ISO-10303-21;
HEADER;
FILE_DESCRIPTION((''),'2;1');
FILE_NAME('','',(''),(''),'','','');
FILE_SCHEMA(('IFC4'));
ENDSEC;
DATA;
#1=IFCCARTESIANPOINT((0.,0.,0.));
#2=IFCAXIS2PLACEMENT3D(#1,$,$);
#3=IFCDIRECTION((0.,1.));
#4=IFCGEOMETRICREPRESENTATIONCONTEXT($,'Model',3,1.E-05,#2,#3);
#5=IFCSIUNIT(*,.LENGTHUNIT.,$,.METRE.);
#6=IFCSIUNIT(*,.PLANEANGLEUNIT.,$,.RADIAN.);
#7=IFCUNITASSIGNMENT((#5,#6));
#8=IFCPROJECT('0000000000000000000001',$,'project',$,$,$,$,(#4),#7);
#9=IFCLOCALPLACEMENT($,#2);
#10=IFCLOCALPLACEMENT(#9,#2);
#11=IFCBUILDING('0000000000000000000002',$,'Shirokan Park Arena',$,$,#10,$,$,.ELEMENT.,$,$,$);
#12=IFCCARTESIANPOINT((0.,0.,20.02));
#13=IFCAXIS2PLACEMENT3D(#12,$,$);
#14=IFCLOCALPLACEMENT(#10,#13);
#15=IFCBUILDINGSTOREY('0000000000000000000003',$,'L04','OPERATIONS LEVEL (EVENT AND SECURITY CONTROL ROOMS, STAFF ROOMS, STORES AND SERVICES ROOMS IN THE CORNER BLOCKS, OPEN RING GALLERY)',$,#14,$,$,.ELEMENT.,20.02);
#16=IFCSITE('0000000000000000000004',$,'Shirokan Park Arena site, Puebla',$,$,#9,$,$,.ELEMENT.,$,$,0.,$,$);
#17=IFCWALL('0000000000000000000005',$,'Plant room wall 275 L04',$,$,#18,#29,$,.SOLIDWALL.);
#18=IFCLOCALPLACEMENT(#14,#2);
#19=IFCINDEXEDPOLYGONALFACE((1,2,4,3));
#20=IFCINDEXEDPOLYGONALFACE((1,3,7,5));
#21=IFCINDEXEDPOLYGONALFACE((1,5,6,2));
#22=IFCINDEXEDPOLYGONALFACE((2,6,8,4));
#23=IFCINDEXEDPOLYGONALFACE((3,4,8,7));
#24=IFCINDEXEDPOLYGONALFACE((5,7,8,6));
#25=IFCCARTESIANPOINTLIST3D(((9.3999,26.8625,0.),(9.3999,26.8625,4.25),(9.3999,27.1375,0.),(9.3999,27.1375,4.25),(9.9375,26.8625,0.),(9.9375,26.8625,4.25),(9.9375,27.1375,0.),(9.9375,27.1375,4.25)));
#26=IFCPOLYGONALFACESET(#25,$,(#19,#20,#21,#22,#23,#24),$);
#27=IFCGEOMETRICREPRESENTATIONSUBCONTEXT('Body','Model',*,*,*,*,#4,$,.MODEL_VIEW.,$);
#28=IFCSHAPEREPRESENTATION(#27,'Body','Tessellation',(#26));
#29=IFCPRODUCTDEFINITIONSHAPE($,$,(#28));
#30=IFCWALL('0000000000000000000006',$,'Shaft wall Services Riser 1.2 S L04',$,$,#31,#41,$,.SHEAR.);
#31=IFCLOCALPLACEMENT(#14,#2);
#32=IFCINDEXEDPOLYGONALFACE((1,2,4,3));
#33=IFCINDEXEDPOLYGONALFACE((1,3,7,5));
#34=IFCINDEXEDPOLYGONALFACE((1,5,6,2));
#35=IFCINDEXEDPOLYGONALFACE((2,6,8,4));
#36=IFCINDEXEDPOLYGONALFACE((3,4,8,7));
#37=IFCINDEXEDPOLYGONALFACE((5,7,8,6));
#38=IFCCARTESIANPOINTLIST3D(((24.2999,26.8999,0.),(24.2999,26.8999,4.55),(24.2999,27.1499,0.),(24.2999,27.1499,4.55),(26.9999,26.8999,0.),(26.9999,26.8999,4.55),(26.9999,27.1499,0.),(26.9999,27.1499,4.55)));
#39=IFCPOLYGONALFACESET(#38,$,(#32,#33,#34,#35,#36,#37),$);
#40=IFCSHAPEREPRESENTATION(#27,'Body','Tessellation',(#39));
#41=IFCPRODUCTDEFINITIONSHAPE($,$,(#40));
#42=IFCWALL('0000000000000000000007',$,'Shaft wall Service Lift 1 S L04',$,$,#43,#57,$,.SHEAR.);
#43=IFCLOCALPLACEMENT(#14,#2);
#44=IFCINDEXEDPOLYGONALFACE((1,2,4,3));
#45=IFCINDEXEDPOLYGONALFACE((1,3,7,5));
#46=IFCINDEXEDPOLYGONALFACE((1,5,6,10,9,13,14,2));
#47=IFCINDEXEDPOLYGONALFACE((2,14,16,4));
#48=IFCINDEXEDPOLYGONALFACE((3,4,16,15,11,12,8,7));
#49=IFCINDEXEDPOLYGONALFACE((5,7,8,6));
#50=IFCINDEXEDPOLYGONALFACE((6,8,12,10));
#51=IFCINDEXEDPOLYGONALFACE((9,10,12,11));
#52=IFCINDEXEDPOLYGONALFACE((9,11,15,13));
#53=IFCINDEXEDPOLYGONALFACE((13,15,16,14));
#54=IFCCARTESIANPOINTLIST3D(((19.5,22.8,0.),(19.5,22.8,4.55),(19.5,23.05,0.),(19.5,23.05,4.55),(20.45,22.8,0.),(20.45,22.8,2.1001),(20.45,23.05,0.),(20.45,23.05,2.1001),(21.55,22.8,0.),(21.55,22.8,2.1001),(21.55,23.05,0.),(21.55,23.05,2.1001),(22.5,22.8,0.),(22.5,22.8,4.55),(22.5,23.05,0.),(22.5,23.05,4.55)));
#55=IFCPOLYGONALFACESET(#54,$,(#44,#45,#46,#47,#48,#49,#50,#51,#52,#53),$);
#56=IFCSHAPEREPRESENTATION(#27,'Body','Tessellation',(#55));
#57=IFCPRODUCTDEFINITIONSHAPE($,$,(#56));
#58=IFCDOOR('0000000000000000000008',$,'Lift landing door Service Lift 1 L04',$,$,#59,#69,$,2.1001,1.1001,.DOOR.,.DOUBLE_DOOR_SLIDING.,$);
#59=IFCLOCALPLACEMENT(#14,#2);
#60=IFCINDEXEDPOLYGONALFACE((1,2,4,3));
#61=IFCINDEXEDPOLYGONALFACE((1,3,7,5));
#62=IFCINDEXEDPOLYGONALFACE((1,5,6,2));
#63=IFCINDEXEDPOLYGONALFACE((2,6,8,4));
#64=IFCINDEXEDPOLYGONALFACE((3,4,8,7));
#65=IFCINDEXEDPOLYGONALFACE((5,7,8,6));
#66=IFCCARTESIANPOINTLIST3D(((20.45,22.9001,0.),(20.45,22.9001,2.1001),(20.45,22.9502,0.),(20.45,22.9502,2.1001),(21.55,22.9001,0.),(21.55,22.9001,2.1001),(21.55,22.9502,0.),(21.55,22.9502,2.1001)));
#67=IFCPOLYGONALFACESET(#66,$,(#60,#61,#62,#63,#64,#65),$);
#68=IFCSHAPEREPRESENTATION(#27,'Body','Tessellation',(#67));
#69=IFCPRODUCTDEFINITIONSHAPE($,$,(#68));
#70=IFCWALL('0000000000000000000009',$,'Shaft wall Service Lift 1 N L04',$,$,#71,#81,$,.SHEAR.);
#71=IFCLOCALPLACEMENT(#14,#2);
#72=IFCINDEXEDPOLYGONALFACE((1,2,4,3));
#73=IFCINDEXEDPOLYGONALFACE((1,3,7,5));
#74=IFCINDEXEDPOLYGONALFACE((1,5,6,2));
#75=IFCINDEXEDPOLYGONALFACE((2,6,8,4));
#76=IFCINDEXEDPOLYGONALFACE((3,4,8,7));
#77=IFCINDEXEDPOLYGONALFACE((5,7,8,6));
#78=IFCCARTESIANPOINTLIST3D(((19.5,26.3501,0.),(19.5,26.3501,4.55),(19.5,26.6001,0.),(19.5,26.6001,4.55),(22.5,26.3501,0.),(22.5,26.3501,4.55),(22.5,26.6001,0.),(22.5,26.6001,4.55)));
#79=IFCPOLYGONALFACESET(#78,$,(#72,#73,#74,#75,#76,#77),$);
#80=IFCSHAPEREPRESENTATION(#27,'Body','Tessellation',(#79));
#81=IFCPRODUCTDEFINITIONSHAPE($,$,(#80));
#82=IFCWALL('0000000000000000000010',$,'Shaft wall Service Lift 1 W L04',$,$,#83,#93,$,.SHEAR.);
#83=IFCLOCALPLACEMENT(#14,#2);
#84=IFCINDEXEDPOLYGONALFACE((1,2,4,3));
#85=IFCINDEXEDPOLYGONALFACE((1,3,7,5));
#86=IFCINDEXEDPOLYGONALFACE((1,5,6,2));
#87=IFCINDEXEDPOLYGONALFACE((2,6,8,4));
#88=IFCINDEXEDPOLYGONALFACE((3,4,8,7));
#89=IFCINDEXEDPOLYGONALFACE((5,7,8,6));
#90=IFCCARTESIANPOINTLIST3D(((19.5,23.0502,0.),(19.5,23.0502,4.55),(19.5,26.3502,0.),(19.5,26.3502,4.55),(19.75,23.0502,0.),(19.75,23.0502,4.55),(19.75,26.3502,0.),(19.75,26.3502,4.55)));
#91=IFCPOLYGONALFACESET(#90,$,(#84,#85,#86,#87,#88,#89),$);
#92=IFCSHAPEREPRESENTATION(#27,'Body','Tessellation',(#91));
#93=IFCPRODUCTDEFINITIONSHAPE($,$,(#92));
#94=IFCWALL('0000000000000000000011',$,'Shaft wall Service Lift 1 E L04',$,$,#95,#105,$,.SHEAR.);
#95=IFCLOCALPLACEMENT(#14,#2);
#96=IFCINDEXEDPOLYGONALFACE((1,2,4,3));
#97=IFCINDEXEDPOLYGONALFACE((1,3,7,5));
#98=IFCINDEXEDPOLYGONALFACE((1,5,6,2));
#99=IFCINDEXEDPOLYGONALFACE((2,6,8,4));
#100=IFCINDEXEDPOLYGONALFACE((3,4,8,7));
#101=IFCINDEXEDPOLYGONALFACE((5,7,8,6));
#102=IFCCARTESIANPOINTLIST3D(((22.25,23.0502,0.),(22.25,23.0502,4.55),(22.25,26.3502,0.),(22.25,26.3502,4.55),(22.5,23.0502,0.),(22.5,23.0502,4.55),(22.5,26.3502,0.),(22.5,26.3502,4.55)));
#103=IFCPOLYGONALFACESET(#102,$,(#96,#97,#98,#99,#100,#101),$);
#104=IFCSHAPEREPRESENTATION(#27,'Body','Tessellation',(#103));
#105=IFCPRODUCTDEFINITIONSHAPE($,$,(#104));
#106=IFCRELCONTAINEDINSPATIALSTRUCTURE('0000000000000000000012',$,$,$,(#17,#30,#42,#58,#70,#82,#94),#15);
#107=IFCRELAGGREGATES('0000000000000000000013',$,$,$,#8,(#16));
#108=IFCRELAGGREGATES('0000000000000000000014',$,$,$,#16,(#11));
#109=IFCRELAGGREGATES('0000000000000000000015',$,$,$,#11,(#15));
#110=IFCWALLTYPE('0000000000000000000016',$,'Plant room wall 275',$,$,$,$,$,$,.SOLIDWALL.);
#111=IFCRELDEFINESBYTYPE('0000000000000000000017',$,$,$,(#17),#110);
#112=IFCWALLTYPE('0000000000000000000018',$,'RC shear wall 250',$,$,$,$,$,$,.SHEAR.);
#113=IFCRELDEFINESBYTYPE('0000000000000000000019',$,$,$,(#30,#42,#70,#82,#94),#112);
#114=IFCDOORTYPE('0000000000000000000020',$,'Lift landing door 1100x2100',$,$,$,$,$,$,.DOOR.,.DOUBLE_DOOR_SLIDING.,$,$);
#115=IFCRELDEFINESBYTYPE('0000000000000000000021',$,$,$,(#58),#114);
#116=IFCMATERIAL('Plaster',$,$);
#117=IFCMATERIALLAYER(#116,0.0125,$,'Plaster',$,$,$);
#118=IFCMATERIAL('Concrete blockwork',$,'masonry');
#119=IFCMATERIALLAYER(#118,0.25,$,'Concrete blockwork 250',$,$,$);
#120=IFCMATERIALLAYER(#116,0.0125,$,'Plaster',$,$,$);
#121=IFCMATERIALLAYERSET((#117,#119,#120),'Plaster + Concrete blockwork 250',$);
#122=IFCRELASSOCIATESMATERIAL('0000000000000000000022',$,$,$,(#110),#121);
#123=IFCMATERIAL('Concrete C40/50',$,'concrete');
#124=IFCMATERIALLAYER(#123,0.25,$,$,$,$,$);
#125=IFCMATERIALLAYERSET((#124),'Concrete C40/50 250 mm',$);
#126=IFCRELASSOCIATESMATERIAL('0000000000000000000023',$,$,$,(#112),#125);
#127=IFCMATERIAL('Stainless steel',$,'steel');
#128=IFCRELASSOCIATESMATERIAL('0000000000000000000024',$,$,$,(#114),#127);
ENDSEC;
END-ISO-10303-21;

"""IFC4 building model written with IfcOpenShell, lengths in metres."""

from ifc_helpers import new_model, si_unit, direction, frame, frame_2d, origin, place, context, subcontext, project, spatial, rectangle, extrude, material, layer, layer_set, type_object, element, fill, save


model = new_model("IFC4")

# Units and contexts
model_context = context("Model", 3, precision=1e-05, world=origin(), true_north=direction((0.0, 1.0)))
body_context = subcontext(model_context, "Body", "Model", "MODEL_VIEW")
ifc_project = project(units=[si_unit("LENGTHUNIT", "METRE"), si_unit("PLANEANGLEUNIT", "RADIAN")], contexts=[model_context])

# Site, building, storey
site_placement = place(None, origin())
site = spatial("IfcSite", under=ifc_project, at=site_placement, Name="Shirokan Park Arena site, Puebla", CompositionType="ELEMENT", RefElevation=0.0)
building_placement = place(site_placement, origin())
building = spatial("IfcBuilding", under=site, at=building_placement, Name="Shirokan Park Arena", CompositionType="ELEMENT")
storey_placement = place(building_placement, frame((0.0, 0.0, 20.02)))
storey = spatial("IfcBuildingStorey", under=building, at=storey_placement, Name="L04", Description="OPERATIONS LEVEL (EVENT AND SECURITY CONTROL ROOMS, STAFF ROOMS, STORES AND SERVICES ROOMS IN THE CORNER BLOCKS, OPEN RING GALLERY)", CompositionType="ELEMENT", Elevation=20.02)

# Shared definitions
ifc_material_1 = material(Name="Plaster")
ifc_material_2 = material(Name="Concrete blockwork", Category="masonry")

# Walls
ifc_layer_1 = layer(ifc_material_1, 0.0125, Name="Plaster")
ifc_layer_2 = layer(ifc_material_2, 0.25, Name="Concrete blockwork 250")
ifc_layer_3 = layer(ifc_material_1, 0.0125, Name="Plaster")
ifc_layer_set_1 = layer_set([ifc_layer_1, ifc_layer_2, ifc_layer_3], Name="Plaster + Concrete blockwork 250")
wall_type_1 = type_object("IfcWallType", Name="Plant room wall 275", PredefinedType="SOLIDWALL", material=ifc_layer_set_1)
wall_1_placement = place(storey_placement, frame((9.9375, 27.0, 0.0), z_axis=(0.0, 0.0, 1.0), x_axis=(-1.0, 0.0, 0.0)))
element("IfcWall", 1, at=wall_1_placement, inside=storey, type_object=wall_type_1, Name="Plant room wall 275 L04", PredefinedType="SOLIDWALL", context=body_context, shape_type="SweptSolid", body=[
    extrude(rectangle(XDim=0.5376, YDim=0.2749, at=frame_2d((0.2688, 0.0))), origin(), (0.0, 0.0, 1.0), 4.25),
])
ifc_material_3 = material(Name="Concrete C40/50", Category="concrete")
ifc_layer_4 = layer(ifc_material_3, 0.25)
ifc_layer_set_2 = layer_set([ifc_layer_4], Name="Concrete C40/50 250 mm")
wall_type_2 = type_object("IfcWallType", Name="RC shear wall 250", PredefinedType="SHEAR", material=ifc_layer_set_2)
wall_2_placement = place(storey_placement, frame((27.0, 27.0249, 0.0), z_axis=(0.0, 0.0, 1.0), x_axis=(-1.0, 0.0, 0.0)))
element("IfcWall", 2, at=wall_2_placement, inside=storey, type_object=wall_type_2, Name="Shaft wall Services Riser 1.2 S L04", PredefinedType="SHEAR", context=body_context, shape_type="SweptSolid", body=[
    extrude(rectangle(XDim=2.7, YDim=0.25, at=frame_2d((1.3501, 0.0))), origin(), (0.0, 0.0, 1.0), 4.55),
])

# Wall, opening, door
wall_3_placement = place(storey_placement, frame((22.5, 22.925, 0.0), z_axis=(0.0, 0.0, 1.0), x_axis=(-1.0, 0.0, 0.0)))
wall_3 = element("IfcWall", 3, at=wall_3_placement, inside=storey, type_object=wall_type_2, Name="Shaft wall Service Lift 1 S L04", PredefinedType="SHEAR", context=body_context, shape_type="SweptSolid", body=[
    extrude(rectangle(XDim=3.0, YDim=0.25, at=frame_2d((1.5, 0.0))), origin(), (0.0, 0.0, 1.0), 4.55),
])
opening_1_placement = place(wall_3_placement, frame((0.95, 0.0, 0.0)))
opening_1 = element("IfcOpeningElement", 4, at=opening_1_placement, cuts=wall_3, PredefinedType="OPENING", context=body_context, shape_type="SweptSolid", body=[
    extrude(rectangle(XDim=1.1001, YDim=2.1001, at=frame_2d((0.55, 1.05))), frame((0.0, 0.135, 0.0), z_axis=(0.0, -1.0, 0.0), x_axis=(1.0, 0.0, 0.0)), (0.0, 0.0, 1.0), 0.27),
])
ifc_material_4 = material(Name="Stainless steel", Category="steel")
door_type_1 = type_object("IfcDoorType", Name="Lift landing door 1100x2100", OperationType="DOUBLE_DOOR_SLIDING", PredefinedType="DOOR", material=ifc_material_4)
door_1_placement = place(opening_1_placement, origin())
door_1 = element("IfcDoor", 5, at=door_1_placement, inside=storey, type_object=door_type_1, Name="Lift landing door Service Lift 1 L04", OperationType="DOUBLE_DOOR_SLIDING", OverallHeight=2.1001, OverallWidth=1.1001, PredefinedType="DOOR", context=body_context, shape_type="SweptSolid", body=[
    extrude(rectangle(XDim=1.1001, YDim=2.1001, at=frame_2d((0.55, 1.05))), frame((0.0, 0.0249, 0.0), z_axis=(0.0, -1.0, 0.0), x_axis=(1.0, 0.0, 0.0)), (0.0, 0.0, 1.0), 0.05),
])
fill(opening_1, door_1)

# Walls
wall_4_placement = place(storey_placement, frame((22.5, 26.4751, 0.0), z_axis=(0.0, 0.0, 1.0), x_axis=(-1.0, 0.0, 0.0)))
element("IfcWall", 6, at=wall_4_placement, inside=storey, type_object=wall_type_2, Name="Shaft wall Service Lift 1 N L04", PredefinedType="SHEAR", context=body_context, shape_type="SweptSolid", body=[
    extrude(rectangle(XDim=3.0, YDim=0.25, at=frame_2d((1.5, 0.0))), origin(), (0.0, 0.0, 1.0), 4.55),
])
for number, where, z_axis, x_axis, name in (
    (7, (19.625, 26.3501, 0.0), (0.0, 0.0, 1.0), (0.0, -1.0, 0.0), "Shaft wall Service Lift 1 W L04"),
    (8, (22.375, 26.3501, 0.0), (0.0, 0.0, 1.0), (0.0, -1.0, 0.0), "Shaft wall Service Lift 1 E L04"),
):
    element("IfcWall", number, at=place(storey_placement, frame(where, z_axis=z_axis, x_axis=x_axis)), inside=storey, type_object=wall_type_2, Name=name, PredefinedType="SHEAR", context=body_context, shape_type="SweptSolid", body=[
        extrude(rectangle(XDim=3.3, YDim=0.25, at=frame_2d((1.6499, 0.0))), origin(), (0.0, 0.0, 1.0), 4.55),
    ])

save(model, "model.ifc")
